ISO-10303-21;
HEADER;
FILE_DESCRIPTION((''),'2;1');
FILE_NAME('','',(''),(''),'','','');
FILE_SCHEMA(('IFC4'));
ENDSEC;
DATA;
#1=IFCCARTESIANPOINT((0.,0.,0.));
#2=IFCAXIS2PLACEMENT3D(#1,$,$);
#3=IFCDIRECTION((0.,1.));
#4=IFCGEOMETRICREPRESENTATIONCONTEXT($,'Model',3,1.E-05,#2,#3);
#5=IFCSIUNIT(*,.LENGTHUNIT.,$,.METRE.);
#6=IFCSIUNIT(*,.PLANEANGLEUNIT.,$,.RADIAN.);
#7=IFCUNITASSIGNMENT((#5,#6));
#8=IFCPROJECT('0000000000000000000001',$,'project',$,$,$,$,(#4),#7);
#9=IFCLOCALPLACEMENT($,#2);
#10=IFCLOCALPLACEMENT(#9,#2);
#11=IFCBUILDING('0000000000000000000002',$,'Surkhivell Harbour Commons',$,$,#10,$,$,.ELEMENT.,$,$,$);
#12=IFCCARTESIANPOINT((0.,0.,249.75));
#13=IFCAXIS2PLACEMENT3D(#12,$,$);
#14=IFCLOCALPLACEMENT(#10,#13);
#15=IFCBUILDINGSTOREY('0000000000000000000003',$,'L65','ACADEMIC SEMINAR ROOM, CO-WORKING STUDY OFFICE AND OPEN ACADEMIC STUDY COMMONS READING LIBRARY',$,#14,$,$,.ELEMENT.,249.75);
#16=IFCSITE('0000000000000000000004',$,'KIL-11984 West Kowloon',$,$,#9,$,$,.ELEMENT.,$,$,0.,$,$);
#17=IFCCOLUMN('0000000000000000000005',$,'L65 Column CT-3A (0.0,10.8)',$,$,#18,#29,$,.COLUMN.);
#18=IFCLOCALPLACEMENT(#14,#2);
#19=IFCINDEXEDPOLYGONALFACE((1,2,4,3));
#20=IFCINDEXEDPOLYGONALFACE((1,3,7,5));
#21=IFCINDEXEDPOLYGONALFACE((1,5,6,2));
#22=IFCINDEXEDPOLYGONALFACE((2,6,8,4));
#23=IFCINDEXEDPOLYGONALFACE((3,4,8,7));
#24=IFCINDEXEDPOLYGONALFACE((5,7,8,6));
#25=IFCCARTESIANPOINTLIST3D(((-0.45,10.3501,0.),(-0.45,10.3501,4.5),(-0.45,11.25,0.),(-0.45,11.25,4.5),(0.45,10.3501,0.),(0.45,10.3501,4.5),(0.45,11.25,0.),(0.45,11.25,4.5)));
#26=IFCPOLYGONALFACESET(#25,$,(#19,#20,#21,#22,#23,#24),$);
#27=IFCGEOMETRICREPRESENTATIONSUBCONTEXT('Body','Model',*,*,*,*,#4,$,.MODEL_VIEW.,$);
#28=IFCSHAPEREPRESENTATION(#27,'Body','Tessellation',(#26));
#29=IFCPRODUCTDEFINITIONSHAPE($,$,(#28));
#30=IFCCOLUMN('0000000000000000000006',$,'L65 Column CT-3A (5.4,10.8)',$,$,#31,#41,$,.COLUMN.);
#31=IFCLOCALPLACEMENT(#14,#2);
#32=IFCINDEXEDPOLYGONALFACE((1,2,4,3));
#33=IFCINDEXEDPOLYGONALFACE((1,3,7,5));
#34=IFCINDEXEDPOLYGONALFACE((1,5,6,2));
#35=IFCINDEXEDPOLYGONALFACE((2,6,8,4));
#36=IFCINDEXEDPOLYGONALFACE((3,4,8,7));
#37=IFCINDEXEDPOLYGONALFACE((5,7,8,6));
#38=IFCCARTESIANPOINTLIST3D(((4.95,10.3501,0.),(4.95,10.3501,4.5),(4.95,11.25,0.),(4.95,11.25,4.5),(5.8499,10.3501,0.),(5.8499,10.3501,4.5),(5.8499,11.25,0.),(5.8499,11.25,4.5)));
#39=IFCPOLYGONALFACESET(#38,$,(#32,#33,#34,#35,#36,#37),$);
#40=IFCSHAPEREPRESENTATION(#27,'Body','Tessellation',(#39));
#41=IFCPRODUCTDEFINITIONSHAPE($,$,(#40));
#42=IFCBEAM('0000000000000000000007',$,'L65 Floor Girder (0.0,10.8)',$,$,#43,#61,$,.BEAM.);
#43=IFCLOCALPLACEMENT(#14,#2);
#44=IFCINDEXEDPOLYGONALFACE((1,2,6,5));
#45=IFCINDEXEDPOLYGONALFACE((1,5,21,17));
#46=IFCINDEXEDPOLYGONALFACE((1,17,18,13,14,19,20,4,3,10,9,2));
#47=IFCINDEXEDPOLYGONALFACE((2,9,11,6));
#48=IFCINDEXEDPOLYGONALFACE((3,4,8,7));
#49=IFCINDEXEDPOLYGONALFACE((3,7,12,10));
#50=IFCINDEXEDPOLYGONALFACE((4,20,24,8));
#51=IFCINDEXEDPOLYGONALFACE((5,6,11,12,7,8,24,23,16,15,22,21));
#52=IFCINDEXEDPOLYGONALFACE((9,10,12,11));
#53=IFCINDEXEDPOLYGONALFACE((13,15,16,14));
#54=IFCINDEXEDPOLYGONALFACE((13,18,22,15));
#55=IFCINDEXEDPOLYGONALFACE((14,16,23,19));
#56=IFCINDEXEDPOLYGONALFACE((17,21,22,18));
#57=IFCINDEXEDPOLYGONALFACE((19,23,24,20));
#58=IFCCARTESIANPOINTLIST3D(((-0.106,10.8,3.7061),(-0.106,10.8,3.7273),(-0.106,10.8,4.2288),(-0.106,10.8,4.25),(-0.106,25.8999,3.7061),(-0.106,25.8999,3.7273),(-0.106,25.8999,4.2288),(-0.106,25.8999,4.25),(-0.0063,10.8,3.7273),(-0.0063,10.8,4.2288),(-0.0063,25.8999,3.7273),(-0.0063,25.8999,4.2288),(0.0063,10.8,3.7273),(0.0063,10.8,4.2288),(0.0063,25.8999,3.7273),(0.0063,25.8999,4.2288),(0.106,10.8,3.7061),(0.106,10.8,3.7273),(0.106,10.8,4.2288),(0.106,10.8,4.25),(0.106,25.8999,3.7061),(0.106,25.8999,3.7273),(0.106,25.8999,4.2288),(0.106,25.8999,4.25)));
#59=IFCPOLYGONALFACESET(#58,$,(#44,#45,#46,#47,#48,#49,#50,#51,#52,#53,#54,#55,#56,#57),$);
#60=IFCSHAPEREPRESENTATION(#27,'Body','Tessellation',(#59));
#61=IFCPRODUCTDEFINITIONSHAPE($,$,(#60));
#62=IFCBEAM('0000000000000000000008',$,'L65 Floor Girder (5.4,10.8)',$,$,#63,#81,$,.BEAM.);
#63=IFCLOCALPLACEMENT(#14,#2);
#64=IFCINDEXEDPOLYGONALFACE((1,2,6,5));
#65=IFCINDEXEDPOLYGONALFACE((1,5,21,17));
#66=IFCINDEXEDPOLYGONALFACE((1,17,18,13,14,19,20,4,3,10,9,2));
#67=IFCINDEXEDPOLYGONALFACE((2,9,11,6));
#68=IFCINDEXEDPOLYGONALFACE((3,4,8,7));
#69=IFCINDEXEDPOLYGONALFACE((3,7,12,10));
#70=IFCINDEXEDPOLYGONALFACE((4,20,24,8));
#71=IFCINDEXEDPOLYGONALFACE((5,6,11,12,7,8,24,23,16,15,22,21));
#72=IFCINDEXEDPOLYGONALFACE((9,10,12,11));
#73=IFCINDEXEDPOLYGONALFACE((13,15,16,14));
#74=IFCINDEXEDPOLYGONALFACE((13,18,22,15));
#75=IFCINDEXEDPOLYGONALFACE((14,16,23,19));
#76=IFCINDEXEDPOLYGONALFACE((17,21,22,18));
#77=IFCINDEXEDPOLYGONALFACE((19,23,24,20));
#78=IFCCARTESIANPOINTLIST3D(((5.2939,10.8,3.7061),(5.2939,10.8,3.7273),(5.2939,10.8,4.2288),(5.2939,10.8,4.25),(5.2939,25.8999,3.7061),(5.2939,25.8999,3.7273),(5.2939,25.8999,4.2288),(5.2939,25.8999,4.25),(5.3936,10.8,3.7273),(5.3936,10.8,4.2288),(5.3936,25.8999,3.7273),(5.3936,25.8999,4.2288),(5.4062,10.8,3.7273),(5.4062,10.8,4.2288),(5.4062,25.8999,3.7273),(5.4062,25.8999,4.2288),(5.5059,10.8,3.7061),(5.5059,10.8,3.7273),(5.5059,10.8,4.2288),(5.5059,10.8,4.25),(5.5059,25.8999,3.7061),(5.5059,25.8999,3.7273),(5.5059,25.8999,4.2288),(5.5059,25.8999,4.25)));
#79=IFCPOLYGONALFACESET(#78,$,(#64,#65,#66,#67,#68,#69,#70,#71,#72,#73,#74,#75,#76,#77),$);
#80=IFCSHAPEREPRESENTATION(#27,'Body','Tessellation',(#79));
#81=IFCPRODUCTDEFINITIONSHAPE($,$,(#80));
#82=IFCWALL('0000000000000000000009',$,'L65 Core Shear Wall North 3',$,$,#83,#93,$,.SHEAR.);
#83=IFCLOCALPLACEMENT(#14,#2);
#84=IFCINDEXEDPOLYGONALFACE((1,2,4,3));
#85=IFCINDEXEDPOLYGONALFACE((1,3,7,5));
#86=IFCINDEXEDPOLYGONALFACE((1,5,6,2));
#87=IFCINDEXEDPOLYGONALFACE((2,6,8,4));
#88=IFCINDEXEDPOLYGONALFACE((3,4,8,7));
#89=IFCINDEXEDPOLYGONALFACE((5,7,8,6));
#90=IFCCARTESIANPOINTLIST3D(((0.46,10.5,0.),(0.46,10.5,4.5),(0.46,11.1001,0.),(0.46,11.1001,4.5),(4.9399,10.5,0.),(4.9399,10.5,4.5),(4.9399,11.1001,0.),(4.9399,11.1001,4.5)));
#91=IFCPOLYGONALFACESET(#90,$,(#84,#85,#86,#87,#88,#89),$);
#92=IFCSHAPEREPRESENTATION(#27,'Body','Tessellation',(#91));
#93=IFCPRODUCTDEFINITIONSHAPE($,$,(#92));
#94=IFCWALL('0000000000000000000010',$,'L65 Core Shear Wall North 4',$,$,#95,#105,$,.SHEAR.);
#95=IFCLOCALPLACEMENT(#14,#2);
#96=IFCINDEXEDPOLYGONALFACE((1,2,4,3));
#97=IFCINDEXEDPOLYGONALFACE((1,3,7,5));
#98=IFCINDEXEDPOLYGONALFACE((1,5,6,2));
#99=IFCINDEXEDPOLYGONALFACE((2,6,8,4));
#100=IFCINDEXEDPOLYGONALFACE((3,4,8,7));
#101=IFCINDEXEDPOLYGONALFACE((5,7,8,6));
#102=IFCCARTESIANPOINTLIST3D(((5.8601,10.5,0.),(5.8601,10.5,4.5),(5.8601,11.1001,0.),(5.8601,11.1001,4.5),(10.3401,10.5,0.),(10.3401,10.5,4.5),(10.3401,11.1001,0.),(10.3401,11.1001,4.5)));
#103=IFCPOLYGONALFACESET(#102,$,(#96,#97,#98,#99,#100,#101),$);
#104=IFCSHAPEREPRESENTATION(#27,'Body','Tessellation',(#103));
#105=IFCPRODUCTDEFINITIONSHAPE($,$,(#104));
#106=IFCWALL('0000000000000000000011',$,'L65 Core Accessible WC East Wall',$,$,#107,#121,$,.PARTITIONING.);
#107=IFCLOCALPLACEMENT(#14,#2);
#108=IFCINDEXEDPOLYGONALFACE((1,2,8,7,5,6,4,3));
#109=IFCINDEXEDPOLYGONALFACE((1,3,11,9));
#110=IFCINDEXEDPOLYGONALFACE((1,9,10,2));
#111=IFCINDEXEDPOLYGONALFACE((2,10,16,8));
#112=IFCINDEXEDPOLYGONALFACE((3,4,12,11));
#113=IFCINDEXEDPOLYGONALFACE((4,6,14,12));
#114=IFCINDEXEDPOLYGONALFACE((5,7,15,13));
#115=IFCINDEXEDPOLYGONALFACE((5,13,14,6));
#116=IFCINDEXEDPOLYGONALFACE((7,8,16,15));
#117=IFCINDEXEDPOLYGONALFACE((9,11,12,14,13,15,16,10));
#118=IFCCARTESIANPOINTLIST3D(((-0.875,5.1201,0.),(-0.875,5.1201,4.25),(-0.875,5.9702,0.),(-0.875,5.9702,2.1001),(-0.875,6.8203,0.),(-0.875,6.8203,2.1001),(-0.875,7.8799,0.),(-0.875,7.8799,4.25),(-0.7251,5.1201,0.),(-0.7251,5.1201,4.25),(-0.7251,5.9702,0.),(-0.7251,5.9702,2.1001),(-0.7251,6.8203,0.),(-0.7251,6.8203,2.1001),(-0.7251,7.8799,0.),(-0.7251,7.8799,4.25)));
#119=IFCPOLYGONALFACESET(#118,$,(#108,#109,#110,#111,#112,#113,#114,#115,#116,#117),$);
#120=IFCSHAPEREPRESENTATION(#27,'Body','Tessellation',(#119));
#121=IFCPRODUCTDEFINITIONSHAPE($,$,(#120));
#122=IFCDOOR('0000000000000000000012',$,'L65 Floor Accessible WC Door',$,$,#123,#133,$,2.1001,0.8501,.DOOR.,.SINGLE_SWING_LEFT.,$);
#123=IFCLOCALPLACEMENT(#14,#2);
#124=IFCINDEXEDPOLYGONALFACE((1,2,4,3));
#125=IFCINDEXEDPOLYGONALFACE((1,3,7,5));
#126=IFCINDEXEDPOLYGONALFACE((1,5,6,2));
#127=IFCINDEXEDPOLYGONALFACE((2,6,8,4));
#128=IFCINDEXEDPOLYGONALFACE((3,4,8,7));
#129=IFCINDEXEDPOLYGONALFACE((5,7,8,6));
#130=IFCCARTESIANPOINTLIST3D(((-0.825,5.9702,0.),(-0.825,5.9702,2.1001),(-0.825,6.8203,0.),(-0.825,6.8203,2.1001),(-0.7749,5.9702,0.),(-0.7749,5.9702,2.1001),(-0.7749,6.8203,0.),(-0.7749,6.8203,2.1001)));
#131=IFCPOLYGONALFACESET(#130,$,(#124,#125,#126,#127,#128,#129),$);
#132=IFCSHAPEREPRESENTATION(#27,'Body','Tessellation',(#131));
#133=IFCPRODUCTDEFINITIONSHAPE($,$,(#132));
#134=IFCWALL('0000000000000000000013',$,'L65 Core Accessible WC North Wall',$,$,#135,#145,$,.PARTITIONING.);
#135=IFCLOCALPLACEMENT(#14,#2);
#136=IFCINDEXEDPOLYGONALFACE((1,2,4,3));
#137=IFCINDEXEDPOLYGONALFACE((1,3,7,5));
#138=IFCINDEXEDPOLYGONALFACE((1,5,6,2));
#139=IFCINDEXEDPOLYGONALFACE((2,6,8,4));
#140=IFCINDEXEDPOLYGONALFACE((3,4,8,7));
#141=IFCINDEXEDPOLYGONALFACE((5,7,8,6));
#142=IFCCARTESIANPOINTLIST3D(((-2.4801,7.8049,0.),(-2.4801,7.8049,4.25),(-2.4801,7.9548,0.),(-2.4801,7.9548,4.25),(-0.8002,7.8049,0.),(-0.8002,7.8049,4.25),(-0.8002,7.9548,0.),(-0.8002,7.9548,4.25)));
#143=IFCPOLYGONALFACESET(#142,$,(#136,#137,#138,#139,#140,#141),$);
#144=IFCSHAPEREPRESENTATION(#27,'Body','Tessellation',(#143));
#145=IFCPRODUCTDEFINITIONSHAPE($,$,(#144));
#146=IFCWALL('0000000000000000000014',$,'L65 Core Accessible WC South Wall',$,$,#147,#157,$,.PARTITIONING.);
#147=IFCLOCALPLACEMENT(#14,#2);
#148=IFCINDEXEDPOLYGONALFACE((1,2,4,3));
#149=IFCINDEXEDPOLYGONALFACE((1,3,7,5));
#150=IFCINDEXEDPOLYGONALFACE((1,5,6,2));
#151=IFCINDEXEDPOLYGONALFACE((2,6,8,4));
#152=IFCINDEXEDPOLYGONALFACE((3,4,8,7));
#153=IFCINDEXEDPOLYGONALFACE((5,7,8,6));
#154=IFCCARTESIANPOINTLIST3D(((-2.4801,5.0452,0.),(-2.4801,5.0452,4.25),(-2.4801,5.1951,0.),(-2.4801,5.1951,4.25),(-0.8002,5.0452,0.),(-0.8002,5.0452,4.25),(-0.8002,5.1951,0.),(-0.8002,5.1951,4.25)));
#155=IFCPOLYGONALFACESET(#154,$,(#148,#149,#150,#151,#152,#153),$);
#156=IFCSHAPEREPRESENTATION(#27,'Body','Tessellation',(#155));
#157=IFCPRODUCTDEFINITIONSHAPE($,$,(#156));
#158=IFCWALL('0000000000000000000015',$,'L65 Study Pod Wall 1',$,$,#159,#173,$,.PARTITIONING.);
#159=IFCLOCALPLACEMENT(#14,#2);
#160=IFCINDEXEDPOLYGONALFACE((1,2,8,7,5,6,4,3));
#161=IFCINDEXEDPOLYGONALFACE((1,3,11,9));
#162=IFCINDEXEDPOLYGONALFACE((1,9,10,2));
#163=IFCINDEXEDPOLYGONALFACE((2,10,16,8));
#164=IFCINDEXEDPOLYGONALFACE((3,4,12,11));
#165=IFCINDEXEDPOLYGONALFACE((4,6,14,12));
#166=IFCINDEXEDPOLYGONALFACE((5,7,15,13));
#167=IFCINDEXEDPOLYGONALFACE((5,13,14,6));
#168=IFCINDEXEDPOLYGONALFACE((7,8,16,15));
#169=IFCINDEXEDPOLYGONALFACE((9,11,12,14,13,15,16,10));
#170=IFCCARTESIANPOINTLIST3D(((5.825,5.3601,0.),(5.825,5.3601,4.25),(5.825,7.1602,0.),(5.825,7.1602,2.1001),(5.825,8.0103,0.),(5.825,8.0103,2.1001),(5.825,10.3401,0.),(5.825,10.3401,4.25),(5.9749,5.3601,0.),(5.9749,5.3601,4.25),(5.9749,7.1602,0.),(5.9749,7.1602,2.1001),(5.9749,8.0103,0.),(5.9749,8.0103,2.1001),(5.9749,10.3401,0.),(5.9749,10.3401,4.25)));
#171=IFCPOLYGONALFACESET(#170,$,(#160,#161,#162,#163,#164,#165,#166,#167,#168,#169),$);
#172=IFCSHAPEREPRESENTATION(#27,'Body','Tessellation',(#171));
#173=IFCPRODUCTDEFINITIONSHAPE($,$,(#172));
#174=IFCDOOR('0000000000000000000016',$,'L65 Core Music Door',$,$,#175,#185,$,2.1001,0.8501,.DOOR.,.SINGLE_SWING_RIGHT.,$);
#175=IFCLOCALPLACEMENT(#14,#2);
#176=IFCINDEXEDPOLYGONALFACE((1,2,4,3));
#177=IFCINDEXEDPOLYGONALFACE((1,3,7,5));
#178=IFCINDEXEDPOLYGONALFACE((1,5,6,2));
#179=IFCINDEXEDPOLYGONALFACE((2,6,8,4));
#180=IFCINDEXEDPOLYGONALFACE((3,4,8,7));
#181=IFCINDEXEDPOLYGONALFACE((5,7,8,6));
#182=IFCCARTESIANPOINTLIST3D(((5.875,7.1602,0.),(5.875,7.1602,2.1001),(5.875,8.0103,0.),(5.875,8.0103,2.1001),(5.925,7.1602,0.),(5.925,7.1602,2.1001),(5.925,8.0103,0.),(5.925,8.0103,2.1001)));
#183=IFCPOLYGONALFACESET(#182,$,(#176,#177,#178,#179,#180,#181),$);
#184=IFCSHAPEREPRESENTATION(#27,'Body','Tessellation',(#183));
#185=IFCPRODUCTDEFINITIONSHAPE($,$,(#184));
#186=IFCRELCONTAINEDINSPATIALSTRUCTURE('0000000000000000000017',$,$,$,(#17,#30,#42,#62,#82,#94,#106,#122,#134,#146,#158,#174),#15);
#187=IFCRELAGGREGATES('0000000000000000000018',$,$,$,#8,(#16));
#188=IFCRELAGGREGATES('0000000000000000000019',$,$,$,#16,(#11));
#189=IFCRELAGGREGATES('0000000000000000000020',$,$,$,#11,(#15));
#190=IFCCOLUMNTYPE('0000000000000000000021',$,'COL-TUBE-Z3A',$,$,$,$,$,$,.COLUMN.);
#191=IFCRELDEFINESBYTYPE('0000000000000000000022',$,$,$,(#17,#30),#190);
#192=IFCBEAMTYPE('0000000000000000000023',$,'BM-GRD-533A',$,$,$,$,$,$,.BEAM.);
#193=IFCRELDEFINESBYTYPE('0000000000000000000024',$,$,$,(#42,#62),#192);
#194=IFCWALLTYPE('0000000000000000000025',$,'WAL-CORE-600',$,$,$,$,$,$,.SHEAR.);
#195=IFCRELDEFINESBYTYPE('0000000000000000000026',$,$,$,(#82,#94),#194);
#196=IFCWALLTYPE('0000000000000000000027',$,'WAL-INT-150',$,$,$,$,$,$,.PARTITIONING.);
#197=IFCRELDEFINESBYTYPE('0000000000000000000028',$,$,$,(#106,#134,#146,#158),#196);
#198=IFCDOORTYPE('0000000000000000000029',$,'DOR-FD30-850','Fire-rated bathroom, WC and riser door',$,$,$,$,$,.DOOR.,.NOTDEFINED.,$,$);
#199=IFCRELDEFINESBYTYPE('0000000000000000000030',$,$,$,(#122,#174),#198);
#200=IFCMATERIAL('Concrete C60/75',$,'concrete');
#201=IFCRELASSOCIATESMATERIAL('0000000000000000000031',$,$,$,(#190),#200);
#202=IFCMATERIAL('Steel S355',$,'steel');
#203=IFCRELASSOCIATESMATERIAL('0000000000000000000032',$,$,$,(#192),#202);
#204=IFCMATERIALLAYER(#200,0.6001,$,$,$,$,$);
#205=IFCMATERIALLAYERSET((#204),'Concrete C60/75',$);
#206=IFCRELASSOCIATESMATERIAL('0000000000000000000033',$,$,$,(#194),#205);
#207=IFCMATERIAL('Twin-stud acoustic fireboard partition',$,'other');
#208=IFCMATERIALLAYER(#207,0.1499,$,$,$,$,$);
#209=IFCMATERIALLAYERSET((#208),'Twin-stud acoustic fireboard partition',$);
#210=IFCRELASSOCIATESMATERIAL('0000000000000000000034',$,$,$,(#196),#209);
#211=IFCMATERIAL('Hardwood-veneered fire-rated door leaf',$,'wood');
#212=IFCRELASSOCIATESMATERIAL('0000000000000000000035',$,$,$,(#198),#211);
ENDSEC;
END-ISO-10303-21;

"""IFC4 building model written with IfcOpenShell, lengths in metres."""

from ifc_helpers import new_model, si_unit, direction, frame, frame_2d, origin, origin_2d, place, context, subcontext, project, spatial, rectangle, i_section, extrude, material, layer, layer_set, material_profile, profile_set, type_object, element, fill, save


model = new_model("IFC4")

# Units and contexts
model_context = context("Model", 3, precision=1e-05, world=origin(), true_north=direction((0.0, 1.0)))
body_context = subcontext(model_context, "Body", "Model", "MODEL_VIEW")
ifc_project = project(units=[si_unit("LENGTHUNIT", "METRE"), si_unit("PLANEANGLEUNIT", "RADIAN")], contexts=[model_context])

# Site, building, storey
site_placement = place(None, origin())
site = spatial("IfcSite", under=ifc_project, at=site_placement, Name="KIL-11984 West Kowloon", CompositionType="ELEMENT", RefElevation=0.0)
building_placement = place(site_placement, origin())
building = spatial("IfcBuilding", under=site, at=building_placement, Name="Surkhivell Harbour Commons", CompositionType="ELEMENT")
storey_placement = place(building_placement, frame((0.0, 0.0, 249.75)))
storey = spatial("IfcBuildingStorey", under=building, at=storey_placement, Name="L65", Description="ACADEMIC SEMINAR ROOM, CO-WORKING STUDY OFFICE AND OPEN ACADEMIC STUDY COMMONS READING LIBRARY", CompositionType="ELEMENT", Elevation=249.75)

# Columns
ifc_material_1 = material(Name="Concrete C60/75", Category="concrete")
ifc_material_profile_1 = material_profile(ifc_material_1, rectangle(XDim=0.8999, YDim=0.8999, at=origin_2d()), Name="RC-COL-900x900")
ifc_profile_set_1 = profile_set([ifc_material_profile_1], Name="Concrete C60/75")
column_type = type_object("IfcColumnType", Name="COL-TUBE-Z3A", PredefinedType="COLUMN", material=ifc_profile_set_1)
for number, where, z_axis, x_axis, name in (
    (1, (0.0, 10.8, 0.0), (0.0, 0.0, 1.0), (1.0, 0.0, 0.0), "L65 Column CT-3A (0.0,10.8)"),
    (2, (5.3999, 10.8, 0.0), (0.0, 0.0, 1.0), (1.0, 0.0, 0.0), "L65 Column CT-3A (5.4,10.8)"),
):
    element("IfcColumn", number, at=place(storey_placement, frame(where, z_axis=z_axis, x_axis=x_axis)), inside=storey, type_object=column_type, Name=name, PredefinedType="COLUMN", context=body_context, shape_type="SweptSolid", body=[
        extrude(rectangle(XDim=0.8999, YDim=0.8999, at=origin_2d()), origin(), (0.0, 0.0, 1.0), 4.5),
    ])

# Beams
ifc_material_2 = material(Name="Steel S355", Category="steel")
ifc_material_profile_2 = material_profile(ifc_material_2, i_section(OverallWidth=0.2119, OverallDepth=0.5439, WebThickness=0.0127, FlangeThickness=0.0212, at=origin_2d()), Name="UB533x210x122")
ifc_profile_set_2 = profile_set([ifc_material_profile_2], Name="Steel S355")
beam_type = type_object("IfcBeamType", Name="BM-GRD-533A", PredefinedType="BEAM", material=ifc_profile_set_2)
for number, where, z_axis, x_axis, name in (
    (3, (0.0, 10.8, 3.978), (0.0, 1.0, 0.0), (-1.0, 0.0, 0.0), "L65 Floor Girder (0.0,10.8)"),
    (4, (5.3999, 10.8, 3.978), (0.0, 1.0, 0.0), (-1.0, 0.0, 0.0), "L65 Floor Girder (5.4,10.8)"),
):
    element("IfcBeam", number, at=place(storey_placement, frame(where, z_axis=z_axis, x_axis=x_axis)), inside=storey, type_object=beam_type, Name=name, PredefinedType="BEAM", context=body_context, shape_type="SweptSolid", body=[
        extrude(i_section(OverallWidth=0.2119, OverallDepth=0.5439, WebThickness=0.0127, FlangeThickness=0.0212, at=origin_2d()), origin(), (0.0, 0.0, 1.0), 15.0999),
    ])

# Walls
ifc_layer_1 = layer(ifc_material_1, 0.6001)
ifc_layer_set_1 = layer_set([ifc_layer_1], Name="Concrete C60/75")
wall_type_1 = type_object("IfcWallType", Name="WAL-CORE-600", PredefinedType="SHEAR", material=ifc_layer_set_1)
for number, where, z_axis, x_axis, name in (
    (5, (0.46, 10.8, 0.0), (0.0, 0.0, 1.0), (1.0, 0.0, 0.0), "L65 Core Shear Wall North 3"),
    (6, (5.8601, 10.8, 0.0), (0.0, 0.0, 1.0), (1.0, 0.0, 0.0), "L65 Core Shear Wall North 4"),
):
    element("IfcWall", number, at=place(storey_placement, frame(where, z_axis=z_axis, x_axis=x_axis)), inside=storey, type_object=wall_type_1, Name=name, PredefinedType="SHEAR", context=body_context, shape_type="SweptSolid", body=[
        extrude(rectangle(XDim=4.48, YDim=0.6001, at=frame_2d((2.24, 0.0))), origin(), (0.0, 0.0, 1.0), 4.5),
    ])

# Wall, opening, door
ifc_material_3 = material(Name="Twin-stud acoustic fireboard partition", Category="other")
ifc_layer_2 = layer(ifc_material_3, 0.1499)
ifc_layer_set_2 = layer_set([ifc_layer_2], Name="Twin-stud acoustic fireboard partition")
wall_type_2 = type_object("IfcWallType", Name="WAL-INT-150", PredefinedType="PARTITIONING", material=ifc_layer_set_2)
wall_1_placement = place(storey_placement, frame((-0.8, 5.1201, 0.0), z_axis=(0.0, 0.0, 1.0), x_axis=(0.0, 1.0, 0.0)))
wall_1 = element("IfcWall", 7, at=wall_1_placement, inside=storey, type_object=wall_type_2, Name="L65 Core Accessible WC East Wall", PredefinedType="PARTITIONING", context=body_context, shape_type="SweptSolid", body=[
    extrude(rectangle(XDim=2.7598, YDim=0.1499, at=frame_2d((1.3799, 0.0))), origin(), (0.0, 0.0, 1.0), 4.25),
])
opening_1_placement = place(wall_1_placement, frame((0.8501, 0.0, 0.0)))
opening_1 = element("IfcOpeningElement", 8, at=opening_1_placement, cuts=wall_1, PredefinedType="OPENING", context=body_context, shape_type="SweptSolid", body=[
    extrude(rectangle(XDim=0.8501, YDim=2.1001, at=frame_2d((0.425, 1.05))), frame((0.0, 0.085, 0.0), z_axis=(0.0, -1.0, 0.0), x_axis=(1.0, 0.0, 0.0)), (0.0, 0.0, 1.0), 0.1699),
])
ifc_material_4 = material(Name="Hardwood-veneered fire-rated door leaf", Category="wood")
door_type_1 = type_object("IfcDoorType", Name="DOR-FD30-850", Description="Fire-rated bathroom, WC and riser door", OperationType="NOTDEFINED", PredefinedType="DOOR", material=ifc_material_4)
door_1_placement = place(opening_1_placement, origin())
door_1 = element("IfcDoor", 9, at=door_1_placement, inside=storey, type_object=door_type_1, Name="L65 Floor Accessible WC Door", OperationType="SINGLE_SWING_LEFT", OverallHeight=2.1001, OverallWidth=0.8501, PredefinedType="DOOR", context=body_context, shape_type="SweptSolid", body=[
    extrude(rectangle(XDim=0.8501, YDim=2.1001, at=frame_2d((0.425, 1.05))), frame((0.0, 0.0249, 0.0), z_axis=(0.0, -1.0, 0.0), x_axis=(1.0, 0.0, 0.0)), (0.0, 0.0, 1.0), 0.05),
])
fill(opening_1, door_1)

# Walls
for number, where, z_axis, x_axis, name in (
    (10, (-2.48, 7.8799, 0.0), (0.0, 0.0, 1.0), (1.0, 0.0, 0.0), "L65 Core Accessible WC North Wall"),
    (11, (-2.48, 5.1201, 0.0), (0.0, 0.0, 1.0), (1.0, 0.0, 0.0), "L65 Core Accessible WC South Wall"),
):
    element("IfcWall", number, at=place(storey_placement, frame(where, z_axis=z_axis, x_axis=x_axis)), inside=storey, type_object=wall_type_2, Name=name, PredefinedType="PARTITIONING", context=body_context, shape_type="SweptSolid", body=[
        extrude(rectangle(XDim=1.6799, YDim=0.1499, at=frame_2d((0.8398, 0.0))), origin(), (0.0, 0.0, 1.0), 4.25),
    ])

# Wall, opening, door
wall_2_placement = place(storey_placement, frame((5.8999, 5.3601, 0.0), z_axis=(0.0, 0.0, 1.0), x_axis=(0.0, 1.0, 0.0)))
wall_2 = element("IfcWall", 12, at=wall_2_placement, inside=storey, type_object=wall_type_2, Name="L65 Study Pod Wall 1", PredefinedType="PARTITIONING", context=body_context, shape_type="SweptSolid", body=[
    extrude(rectangle(XDim=4.98, YDim=0.1499, at=frame_2d((2.49, 0.0))), origin(), (0.0, 0.0, 1.0), 4.25),
])
opening_2_placement = place(wall_2_placement, frame((1.8, 0.0, 0.0)))
opening_2 = element("IfcOpeningElement", 13, at=opening_2_placement, cuts=wall_2, PredefinedType="OPENING", context=body_context, shape_type="SweptSolid", body=[
    extrude(rectangle(XDim=0.8501, YDim=2.1001, at=frame_2d((0.425, 1.05))), frame((0.0, 0.085, 0.0), z_axis=(0.0, -1.0, 0.0), x_axis=(1.0, 0.0, 0.0)), (0.0, 0.0, 1.0), 0.1699),
])
door_2_placement = place(opening_2_placement, origin())
door_2 = element("IfcDoor", 14, at=door_2_placement, inside=storey, type_object=door_type_1, Name="L65 Core Music Door", OperationType="SINGLE_SWING_RIGHT", OverallHeight=2.1001, OverallWidth=0.8501, PredefinedType="DOOR", context=body_context, shape_type="SweptSolid", body=[
    extrude(rectangle(XDim=0.8501, YDim=2.1001, at=frame_2d((0.425, 1.05))), frame((0.0, 0.0249, 0.0), z_axis=(0.0, -1.0, 0.0), x_axis=(1.0, 0.0, 0.0)), (0.0, 0.0, 1.0), 0.05),
])
fill(opening_2, door_2)

save(model, "model.ifc")
